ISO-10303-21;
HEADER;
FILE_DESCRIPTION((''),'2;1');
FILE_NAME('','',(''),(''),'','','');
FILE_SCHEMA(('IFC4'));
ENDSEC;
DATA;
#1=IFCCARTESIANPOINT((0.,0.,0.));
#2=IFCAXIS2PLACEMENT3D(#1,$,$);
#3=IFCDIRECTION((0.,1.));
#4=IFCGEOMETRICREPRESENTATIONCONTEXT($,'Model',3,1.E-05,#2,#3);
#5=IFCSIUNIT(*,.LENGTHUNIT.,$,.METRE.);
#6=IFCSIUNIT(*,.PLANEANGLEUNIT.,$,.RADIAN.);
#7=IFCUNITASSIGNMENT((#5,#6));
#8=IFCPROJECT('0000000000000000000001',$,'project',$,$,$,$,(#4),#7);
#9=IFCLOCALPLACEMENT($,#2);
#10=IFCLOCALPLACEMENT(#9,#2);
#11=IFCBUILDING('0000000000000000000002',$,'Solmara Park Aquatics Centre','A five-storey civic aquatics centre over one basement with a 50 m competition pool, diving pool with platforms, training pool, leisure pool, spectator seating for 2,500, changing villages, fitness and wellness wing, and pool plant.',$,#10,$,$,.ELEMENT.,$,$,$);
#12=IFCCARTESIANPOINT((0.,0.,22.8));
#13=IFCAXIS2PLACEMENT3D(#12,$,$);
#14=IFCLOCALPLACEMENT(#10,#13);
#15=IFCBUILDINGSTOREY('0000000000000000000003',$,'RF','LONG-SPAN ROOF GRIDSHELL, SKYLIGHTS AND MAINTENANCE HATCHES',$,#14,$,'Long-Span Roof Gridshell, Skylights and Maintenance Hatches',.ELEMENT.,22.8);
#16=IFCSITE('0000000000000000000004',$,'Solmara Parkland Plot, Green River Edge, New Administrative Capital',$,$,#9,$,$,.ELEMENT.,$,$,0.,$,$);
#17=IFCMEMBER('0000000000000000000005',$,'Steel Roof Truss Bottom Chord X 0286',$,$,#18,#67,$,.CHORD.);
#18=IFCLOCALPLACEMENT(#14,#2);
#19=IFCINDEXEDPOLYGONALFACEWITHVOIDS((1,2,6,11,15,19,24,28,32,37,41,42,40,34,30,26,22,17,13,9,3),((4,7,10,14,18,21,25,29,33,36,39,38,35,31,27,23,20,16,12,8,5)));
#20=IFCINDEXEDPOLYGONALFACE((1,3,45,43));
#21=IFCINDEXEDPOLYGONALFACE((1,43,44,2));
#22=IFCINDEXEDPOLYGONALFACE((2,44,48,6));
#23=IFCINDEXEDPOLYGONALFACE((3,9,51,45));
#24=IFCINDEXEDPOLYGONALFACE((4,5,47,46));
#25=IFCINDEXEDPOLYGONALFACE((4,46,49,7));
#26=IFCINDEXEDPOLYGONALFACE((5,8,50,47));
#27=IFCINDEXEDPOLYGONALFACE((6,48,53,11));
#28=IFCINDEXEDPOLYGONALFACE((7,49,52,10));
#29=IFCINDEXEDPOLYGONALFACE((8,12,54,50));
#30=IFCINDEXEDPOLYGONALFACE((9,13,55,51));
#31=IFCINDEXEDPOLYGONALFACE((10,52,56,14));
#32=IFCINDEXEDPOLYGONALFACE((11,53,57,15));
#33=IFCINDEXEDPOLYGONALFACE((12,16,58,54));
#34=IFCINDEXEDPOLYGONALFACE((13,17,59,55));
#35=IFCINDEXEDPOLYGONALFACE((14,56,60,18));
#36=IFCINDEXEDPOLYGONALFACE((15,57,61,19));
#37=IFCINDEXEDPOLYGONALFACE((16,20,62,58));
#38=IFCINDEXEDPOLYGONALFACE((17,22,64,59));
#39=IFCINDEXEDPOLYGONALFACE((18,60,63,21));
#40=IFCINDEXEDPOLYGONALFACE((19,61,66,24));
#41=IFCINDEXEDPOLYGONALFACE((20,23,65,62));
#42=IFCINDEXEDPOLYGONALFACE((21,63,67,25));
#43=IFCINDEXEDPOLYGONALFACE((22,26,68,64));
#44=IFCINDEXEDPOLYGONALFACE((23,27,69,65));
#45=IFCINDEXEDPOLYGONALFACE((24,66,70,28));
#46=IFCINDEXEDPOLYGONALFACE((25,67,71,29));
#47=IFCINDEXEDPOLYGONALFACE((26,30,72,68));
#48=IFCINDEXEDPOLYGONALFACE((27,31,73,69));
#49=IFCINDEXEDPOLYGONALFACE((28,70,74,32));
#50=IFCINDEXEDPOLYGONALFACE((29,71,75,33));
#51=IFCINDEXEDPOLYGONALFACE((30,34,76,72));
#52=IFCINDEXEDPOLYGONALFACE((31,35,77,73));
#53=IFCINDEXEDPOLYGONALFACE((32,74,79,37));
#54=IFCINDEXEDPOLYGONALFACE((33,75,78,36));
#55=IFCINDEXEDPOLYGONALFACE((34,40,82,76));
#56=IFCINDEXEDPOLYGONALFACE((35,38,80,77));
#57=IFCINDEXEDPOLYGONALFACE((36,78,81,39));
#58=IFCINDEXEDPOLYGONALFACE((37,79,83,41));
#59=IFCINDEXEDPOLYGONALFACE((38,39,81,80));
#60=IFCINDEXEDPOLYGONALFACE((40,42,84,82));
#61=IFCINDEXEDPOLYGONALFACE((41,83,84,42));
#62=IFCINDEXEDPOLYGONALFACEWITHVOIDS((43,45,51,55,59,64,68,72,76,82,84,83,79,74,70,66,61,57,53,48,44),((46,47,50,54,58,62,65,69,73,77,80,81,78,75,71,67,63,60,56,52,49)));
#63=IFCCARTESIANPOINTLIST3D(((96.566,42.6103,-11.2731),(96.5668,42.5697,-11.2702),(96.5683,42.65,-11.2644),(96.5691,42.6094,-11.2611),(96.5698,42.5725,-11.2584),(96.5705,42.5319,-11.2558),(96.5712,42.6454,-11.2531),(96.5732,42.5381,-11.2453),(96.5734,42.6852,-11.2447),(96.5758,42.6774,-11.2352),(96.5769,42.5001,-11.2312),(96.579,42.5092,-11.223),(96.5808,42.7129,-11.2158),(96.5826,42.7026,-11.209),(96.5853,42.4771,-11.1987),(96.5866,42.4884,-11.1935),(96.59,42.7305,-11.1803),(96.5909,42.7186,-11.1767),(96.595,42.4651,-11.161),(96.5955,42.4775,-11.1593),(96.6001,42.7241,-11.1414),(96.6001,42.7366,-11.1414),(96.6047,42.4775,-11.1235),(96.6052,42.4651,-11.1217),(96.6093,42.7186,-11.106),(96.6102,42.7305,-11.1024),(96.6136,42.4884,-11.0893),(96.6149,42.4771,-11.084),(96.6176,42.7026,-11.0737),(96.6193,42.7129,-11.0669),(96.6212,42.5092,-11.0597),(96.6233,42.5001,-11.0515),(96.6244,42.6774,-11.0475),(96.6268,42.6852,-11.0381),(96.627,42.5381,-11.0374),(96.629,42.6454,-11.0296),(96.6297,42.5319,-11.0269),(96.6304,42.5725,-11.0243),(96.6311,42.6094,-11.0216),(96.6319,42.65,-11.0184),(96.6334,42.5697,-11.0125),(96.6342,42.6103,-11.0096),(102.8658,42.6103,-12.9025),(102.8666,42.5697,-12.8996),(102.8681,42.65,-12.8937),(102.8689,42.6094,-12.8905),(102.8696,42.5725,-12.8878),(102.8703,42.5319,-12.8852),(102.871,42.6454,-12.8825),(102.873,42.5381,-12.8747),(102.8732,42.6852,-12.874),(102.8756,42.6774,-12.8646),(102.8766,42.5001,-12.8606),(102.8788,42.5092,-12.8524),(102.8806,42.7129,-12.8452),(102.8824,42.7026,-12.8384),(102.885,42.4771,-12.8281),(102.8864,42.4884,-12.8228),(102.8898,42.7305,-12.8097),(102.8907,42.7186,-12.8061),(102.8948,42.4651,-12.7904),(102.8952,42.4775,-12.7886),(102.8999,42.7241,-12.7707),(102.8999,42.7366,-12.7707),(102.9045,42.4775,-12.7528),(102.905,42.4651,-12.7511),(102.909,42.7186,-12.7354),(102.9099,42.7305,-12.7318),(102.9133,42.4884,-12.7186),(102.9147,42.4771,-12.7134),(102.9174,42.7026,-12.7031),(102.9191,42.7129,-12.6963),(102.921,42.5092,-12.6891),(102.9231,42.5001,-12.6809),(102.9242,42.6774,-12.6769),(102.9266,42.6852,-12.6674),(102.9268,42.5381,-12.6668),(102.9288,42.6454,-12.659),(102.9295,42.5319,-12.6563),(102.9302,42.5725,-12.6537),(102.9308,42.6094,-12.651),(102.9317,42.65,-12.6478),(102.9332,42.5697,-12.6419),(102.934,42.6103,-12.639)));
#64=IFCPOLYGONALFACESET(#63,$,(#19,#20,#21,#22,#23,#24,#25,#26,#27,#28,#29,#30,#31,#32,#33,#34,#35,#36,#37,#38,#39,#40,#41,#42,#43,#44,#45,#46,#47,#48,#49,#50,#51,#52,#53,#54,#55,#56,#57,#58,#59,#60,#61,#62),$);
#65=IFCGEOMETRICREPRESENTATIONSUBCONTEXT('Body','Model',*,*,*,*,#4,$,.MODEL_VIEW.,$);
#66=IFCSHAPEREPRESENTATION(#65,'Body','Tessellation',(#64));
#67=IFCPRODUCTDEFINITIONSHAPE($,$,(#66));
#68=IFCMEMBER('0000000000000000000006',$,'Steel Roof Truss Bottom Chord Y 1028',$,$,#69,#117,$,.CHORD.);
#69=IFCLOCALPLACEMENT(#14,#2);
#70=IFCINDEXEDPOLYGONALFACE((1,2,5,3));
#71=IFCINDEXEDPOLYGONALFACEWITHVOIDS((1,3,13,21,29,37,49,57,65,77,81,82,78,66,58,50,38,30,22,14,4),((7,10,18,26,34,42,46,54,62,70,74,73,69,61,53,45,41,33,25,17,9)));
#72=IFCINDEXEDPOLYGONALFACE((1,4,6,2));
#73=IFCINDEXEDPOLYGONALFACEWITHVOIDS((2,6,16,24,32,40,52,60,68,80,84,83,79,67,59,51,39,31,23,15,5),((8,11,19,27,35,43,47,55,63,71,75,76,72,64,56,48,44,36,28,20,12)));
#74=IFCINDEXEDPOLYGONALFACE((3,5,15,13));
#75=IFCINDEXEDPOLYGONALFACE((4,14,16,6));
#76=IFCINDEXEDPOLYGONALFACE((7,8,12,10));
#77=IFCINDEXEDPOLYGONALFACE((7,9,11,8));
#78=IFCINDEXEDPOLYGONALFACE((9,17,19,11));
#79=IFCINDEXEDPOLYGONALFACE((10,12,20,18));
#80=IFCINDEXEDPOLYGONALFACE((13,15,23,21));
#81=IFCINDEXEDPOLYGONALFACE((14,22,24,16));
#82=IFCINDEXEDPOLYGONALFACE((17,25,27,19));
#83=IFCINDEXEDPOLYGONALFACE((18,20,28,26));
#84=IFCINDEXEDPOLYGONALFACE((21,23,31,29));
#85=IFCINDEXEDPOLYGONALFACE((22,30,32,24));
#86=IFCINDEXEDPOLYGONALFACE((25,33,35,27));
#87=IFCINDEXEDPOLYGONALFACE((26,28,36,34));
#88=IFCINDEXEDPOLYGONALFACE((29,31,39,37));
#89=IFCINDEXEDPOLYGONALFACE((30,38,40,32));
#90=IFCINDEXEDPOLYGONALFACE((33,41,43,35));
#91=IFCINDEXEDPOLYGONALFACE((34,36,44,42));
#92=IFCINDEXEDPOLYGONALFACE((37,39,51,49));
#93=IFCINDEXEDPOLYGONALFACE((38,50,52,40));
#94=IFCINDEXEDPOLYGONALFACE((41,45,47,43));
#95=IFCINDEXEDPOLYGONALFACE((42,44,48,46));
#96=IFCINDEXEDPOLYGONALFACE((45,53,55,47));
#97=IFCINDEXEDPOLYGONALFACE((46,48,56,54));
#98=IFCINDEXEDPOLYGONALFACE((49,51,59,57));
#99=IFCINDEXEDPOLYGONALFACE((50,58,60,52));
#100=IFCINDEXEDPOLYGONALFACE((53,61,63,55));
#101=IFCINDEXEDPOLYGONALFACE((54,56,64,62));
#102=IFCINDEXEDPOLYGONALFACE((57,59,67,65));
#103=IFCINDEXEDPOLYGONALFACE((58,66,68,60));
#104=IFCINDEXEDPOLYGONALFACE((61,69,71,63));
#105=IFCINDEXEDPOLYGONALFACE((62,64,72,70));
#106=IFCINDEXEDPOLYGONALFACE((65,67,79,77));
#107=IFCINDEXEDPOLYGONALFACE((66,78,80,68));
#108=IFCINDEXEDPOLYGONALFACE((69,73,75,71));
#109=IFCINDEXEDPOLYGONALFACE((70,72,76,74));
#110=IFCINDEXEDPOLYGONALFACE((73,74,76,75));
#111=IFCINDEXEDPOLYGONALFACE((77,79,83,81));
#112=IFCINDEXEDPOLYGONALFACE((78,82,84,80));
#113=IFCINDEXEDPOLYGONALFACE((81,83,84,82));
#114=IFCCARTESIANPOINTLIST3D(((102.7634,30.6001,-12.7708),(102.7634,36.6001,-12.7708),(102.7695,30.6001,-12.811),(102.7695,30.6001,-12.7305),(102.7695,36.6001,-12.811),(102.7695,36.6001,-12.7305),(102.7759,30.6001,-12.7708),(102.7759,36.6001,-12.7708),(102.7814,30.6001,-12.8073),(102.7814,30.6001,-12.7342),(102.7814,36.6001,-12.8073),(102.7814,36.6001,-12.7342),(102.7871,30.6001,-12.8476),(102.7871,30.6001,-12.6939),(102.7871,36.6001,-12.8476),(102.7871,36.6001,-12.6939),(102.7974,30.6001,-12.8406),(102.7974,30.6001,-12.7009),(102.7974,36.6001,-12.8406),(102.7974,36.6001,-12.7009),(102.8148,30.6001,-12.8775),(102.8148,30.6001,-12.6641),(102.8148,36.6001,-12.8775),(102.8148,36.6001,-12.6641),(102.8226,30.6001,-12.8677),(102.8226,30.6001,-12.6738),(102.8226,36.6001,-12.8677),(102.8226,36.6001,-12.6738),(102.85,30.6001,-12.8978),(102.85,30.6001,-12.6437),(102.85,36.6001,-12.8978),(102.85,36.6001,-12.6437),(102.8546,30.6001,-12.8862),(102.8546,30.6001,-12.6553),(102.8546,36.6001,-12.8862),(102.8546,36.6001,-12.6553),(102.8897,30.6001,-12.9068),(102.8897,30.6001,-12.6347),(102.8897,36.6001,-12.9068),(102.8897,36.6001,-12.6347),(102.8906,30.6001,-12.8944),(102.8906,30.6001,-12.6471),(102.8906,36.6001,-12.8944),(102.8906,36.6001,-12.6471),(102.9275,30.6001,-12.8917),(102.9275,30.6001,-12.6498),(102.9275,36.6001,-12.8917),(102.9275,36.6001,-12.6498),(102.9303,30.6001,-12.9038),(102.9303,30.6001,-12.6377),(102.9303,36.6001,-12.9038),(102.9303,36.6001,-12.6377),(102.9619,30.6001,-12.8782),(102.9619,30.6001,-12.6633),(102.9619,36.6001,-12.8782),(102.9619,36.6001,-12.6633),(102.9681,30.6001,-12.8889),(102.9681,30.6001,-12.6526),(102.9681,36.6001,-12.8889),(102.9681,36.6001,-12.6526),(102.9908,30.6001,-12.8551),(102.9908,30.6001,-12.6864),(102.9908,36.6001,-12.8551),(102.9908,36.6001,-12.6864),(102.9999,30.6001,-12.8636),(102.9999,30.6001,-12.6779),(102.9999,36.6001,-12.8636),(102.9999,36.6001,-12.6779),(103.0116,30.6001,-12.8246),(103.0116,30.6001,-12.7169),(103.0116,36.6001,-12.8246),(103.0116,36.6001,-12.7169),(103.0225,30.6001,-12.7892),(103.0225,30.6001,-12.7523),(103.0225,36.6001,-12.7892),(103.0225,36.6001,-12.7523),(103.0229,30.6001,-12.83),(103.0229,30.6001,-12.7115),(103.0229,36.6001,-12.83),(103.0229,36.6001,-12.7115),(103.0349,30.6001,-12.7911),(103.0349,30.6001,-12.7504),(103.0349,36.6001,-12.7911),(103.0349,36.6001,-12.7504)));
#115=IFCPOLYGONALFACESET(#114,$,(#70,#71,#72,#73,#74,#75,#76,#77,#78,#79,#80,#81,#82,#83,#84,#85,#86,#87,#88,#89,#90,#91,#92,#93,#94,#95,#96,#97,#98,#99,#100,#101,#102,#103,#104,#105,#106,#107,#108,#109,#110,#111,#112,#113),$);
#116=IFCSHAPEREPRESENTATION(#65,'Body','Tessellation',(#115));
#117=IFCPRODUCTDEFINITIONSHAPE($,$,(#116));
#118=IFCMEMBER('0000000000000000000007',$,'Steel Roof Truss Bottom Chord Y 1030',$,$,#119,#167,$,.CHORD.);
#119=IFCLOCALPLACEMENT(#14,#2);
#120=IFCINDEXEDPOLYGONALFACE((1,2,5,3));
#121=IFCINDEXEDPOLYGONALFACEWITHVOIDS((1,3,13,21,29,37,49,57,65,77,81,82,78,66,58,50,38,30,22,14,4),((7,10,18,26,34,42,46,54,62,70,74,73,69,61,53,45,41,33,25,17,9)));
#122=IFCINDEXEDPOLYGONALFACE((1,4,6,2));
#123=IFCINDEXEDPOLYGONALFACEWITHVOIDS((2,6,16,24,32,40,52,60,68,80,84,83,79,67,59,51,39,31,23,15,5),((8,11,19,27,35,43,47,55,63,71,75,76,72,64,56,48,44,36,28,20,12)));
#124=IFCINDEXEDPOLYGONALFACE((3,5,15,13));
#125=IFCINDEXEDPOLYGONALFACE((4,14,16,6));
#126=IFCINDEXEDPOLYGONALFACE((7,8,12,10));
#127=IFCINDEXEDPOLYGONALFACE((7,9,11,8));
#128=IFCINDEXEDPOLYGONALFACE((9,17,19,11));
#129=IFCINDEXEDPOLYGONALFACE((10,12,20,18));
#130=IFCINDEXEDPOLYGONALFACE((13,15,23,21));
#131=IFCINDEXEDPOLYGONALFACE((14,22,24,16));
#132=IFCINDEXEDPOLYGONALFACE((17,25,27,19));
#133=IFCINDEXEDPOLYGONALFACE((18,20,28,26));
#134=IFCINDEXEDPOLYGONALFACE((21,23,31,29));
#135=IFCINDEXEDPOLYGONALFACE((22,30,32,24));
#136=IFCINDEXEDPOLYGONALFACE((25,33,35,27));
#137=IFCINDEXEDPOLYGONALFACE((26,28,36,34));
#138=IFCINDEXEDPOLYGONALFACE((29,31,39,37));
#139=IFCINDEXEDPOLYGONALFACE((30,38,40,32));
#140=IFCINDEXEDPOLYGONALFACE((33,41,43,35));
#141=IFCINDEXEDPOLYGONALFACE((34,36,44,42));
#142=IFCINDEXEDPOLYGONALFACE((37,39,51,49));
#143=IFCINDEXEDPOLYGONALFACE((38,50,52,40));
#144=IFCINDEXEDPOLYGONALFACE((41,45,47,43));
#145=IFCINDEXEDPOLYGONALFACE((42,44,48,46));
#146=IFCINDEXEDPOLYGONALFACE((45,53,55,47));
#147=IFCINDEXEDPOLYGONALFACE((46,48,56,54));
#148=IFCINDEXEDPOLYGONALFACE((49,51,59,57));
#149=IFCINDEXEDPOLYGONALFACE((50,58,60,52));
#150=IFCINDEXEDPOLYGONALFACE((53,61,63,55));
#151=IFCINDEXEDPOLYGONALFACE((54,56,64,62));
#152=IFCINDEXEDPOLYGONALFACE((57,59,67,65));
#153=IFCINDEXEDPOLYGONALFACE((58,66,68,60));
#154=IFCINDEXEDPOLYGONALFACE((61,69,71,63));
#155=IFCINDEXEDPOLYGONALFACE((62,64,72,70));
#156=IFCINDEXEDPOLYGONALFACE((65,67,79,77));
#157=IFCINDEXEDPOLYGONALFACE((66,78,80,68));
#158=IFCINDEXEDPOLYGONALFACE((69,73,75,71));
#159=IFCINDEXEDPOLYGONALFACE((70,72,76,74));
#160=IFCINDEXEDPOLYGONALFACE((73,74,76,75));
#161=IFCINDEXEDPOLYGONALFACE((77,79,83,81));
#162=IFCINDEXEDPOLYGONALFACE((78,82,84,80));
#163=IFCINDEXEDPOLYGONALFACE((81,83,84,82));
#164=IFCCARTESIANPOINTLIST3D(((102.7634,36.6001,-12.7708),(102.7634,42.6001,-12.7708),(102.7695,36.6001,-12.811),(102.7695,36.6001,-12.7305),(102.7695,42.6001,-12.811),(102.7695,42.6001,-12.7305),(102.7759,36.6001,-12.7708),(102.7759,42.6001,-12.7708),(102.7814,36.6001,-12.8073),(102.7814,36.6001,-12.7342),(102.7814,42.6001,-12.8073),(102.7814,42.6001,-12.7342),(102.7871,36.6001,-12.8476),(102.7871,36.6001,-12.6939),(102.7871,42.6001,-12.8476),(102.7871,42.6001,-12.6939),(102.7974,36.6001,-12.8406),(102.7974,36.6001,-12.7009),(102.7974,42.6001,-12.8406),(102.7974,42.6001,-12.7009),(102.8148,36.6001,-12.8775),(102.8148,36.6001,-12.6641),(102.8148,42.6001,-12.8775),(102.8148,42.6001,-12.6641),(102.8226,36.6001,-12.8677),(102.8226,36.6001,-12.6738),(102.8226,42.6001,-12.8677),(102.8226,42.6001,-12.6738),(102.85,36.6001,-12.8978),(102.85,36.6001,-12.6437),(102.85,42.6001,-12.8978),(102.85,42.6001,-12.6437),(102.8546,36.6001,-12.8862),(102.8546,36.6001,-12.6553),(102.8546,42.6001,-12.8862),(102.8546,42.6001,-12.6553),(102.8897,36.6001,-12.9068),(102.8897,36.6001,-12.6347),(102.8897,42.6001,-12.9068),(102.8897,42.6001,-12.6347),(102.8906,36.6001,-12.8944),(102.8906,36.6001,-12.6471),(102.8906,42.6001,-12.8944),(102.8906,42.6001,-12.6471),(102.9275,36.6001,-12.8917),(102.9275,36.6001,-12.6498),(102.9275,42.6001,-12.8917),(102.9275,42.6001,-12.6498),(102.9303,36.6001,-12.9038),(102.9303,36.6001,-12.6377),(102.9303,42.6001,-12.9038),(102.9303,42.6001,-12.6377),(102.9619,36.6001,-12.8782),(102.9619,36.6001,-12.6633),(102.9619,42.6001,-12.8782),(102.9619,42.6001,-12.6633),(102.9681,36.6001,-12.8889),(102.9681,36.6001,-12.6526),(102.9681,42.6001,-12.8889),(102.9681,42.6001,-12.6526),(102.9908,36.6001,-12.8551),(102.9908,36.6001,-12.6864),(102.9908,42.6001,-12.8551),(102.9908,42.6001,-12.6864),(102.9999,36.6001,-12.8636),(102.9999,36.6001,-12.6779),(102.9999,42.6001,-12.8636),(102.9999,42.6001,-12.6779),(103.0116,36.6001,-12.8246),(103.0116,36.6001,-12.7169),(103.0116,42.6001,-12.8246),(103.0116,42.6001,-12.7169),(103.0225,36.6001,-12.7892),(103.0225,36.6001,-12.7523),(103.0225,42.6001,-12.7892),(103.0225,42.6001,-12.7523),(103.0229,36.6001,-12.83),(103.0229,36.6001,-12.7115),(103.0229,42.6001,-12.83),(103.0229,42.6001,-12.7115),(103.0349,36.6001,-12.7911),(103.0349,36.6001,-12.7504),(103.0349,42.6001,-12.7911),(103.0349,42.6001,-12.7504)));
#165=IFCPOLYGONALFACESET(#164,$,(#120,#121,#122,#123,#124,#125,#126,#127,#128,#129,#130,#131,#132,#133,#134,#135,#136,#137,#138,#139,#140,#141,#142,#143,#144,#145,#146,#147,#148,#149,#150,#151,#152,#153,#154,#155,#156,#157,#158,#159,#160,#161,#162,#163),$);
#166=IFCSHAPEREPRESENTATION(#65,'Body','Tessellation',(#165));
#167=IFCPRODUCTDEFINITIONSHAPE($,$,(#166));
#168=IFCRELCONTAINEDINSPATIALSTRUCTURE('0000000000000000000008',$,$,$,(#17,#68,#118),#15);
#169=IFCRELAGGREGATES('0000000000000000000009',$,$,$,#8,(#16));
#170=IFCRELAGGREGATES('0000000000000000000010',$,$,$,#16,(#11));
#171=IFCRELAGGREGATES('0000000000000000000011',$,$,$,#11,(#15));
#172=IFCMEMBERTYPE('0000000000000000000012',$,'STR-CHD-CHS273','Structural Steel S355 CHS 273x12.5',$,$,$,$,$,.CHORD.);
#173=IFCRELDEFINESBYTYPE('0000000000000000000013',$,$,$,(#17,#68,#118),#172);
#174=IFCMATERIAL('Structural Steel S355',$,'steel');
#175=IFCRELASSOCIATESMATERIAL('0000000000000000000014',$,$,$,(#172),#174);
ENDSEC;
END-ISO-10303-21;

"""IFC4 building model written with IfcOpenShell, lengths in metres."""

from ifc_helpers import new_model, si_unit, direction, frame, origin, origin_2d, place, context, subcontext, project, spatial, hollow_circle, extrude, material, material_profile, profile_set, type_object, element, save


model = new_model("IFC4")

# Units and contexts
model_context = context("Model", 3, precision=1e-05, world=origin(), true_north=direction((0.0, 1.0)))
body_context = subcontext(model_context, "Body", "Model", "MODEL_VIEW")
ifc_project = project(units=[si_unit("LENGTHUNIT", "METRE"), si_unit("PLANEANGLEUNIT", "RADIAN")], contexts=[model_context])

# Site, building, storey
site_placement = place(None, origin())
site = spatial("IfcSite", under=ifc_project, at=site_placement, Name="Solmara Parkland Plot, Green River Edge, New Administrative Capital", CompositionType="ELEMENT", RefElevation=0.0)
building_placement = place(site_placement, origin())
building = spatial("IfcBuilding", under=site, at=building_placement, Name="Solmara Park Aquatics Centre", Description="A five-storey civic aquatics centre over one basement with a 50 m competition pool, diving pool with platforms, training pool, leisure pool, spectator seating for 2,500, changing villages, fitness and wellness wing, and pool plant.", CompositionType="ELEMENT")
storey_placement = place(building_placement, frame((0.0, 0.0, 22.8)))
storey = spatial("IfcBuildingStorey", under=building, at=storey_placement, Name="RF", Description="LONG-SPAN ROOF GRIDSHELL, SKYLIGHTS AND MAINTENANCE HATCHES", LongName="Long-Span Roof Gridshell, Skylights and Maintenance Hatches", CompositionType="ELEMENT", Elevation=22.8)

# Members
ifc_material_1 = material(Name="Structural Steel S355", Category="steel")
ifc_material_profile_1 = material_profile(ifc_material_1, hollow_circle(Radius=0.1365, WallThickness=0.0125, at=origin_2d()), Name="CHS 273x12.5")
ifc_profile_set_1 = profile_set([ifc_material_profile_1], Name="Structural Steel S355")
member_type_1 = type_object("IfcMemberType", Name="STR-CHD-CHS273", Description="Structural Steel S355 CHS 273x12.5", PredefinedType="CHORD", material=ifc_profile_set_1)
member_1_placement = place(storey_placement, frame((96.6001, 42.6001, -11.1414), z_axis=(0.968142, 0.0, -0.250402), x_axis=(0.0, 1.0, 0.0)))
element("IfcMember", 1, at=member_1_placement, inside=storey, type_object=member_type_1, Name="Steel Roof Truss Bottom Chord X 0286", PredefinedType="CHORD", context=body_context, shape_type="SweptSolid", body=[
    extrude(hollow_circle(Radius=0.1365, WallThickness=0.0125, at=origin_2d()), origin(), (0.0, 0.0, 1.0), 6.5071),
])
for number, where, z_axis, x_axis, name in (
    (2, (102.8999, 30.6001, -12.7708), (0.0, 1.0, 0.0), (-1.0, 0.0, 0.0), "Steel Roof Truss Bottom Chord Y 1028"),
    (3, (102.8999, 36.6001, -12.7708), (0.0, 1.0, 0.0), (-1.0, 0.0, 0.0), "Steel Roof Truss Bottom Chord Y 1030"),
):
    element("IfcMember", number, at=place(storey_placement, frame(where, z_axis=z_axis, x_axis=x_axis)), inside=storey, type_object=member_type_1, Name=name, PredefinedType="CHORD", context=body_context, shape_type="SweptSolid", body=[
        extrude(hollow_circle(Radius=0.1365, WallThickness=0.0125, at=origin_2d()), origin(), (0.0, 0.0, 1.0), 6.0),
    ])

save(model, "model.ifc")
